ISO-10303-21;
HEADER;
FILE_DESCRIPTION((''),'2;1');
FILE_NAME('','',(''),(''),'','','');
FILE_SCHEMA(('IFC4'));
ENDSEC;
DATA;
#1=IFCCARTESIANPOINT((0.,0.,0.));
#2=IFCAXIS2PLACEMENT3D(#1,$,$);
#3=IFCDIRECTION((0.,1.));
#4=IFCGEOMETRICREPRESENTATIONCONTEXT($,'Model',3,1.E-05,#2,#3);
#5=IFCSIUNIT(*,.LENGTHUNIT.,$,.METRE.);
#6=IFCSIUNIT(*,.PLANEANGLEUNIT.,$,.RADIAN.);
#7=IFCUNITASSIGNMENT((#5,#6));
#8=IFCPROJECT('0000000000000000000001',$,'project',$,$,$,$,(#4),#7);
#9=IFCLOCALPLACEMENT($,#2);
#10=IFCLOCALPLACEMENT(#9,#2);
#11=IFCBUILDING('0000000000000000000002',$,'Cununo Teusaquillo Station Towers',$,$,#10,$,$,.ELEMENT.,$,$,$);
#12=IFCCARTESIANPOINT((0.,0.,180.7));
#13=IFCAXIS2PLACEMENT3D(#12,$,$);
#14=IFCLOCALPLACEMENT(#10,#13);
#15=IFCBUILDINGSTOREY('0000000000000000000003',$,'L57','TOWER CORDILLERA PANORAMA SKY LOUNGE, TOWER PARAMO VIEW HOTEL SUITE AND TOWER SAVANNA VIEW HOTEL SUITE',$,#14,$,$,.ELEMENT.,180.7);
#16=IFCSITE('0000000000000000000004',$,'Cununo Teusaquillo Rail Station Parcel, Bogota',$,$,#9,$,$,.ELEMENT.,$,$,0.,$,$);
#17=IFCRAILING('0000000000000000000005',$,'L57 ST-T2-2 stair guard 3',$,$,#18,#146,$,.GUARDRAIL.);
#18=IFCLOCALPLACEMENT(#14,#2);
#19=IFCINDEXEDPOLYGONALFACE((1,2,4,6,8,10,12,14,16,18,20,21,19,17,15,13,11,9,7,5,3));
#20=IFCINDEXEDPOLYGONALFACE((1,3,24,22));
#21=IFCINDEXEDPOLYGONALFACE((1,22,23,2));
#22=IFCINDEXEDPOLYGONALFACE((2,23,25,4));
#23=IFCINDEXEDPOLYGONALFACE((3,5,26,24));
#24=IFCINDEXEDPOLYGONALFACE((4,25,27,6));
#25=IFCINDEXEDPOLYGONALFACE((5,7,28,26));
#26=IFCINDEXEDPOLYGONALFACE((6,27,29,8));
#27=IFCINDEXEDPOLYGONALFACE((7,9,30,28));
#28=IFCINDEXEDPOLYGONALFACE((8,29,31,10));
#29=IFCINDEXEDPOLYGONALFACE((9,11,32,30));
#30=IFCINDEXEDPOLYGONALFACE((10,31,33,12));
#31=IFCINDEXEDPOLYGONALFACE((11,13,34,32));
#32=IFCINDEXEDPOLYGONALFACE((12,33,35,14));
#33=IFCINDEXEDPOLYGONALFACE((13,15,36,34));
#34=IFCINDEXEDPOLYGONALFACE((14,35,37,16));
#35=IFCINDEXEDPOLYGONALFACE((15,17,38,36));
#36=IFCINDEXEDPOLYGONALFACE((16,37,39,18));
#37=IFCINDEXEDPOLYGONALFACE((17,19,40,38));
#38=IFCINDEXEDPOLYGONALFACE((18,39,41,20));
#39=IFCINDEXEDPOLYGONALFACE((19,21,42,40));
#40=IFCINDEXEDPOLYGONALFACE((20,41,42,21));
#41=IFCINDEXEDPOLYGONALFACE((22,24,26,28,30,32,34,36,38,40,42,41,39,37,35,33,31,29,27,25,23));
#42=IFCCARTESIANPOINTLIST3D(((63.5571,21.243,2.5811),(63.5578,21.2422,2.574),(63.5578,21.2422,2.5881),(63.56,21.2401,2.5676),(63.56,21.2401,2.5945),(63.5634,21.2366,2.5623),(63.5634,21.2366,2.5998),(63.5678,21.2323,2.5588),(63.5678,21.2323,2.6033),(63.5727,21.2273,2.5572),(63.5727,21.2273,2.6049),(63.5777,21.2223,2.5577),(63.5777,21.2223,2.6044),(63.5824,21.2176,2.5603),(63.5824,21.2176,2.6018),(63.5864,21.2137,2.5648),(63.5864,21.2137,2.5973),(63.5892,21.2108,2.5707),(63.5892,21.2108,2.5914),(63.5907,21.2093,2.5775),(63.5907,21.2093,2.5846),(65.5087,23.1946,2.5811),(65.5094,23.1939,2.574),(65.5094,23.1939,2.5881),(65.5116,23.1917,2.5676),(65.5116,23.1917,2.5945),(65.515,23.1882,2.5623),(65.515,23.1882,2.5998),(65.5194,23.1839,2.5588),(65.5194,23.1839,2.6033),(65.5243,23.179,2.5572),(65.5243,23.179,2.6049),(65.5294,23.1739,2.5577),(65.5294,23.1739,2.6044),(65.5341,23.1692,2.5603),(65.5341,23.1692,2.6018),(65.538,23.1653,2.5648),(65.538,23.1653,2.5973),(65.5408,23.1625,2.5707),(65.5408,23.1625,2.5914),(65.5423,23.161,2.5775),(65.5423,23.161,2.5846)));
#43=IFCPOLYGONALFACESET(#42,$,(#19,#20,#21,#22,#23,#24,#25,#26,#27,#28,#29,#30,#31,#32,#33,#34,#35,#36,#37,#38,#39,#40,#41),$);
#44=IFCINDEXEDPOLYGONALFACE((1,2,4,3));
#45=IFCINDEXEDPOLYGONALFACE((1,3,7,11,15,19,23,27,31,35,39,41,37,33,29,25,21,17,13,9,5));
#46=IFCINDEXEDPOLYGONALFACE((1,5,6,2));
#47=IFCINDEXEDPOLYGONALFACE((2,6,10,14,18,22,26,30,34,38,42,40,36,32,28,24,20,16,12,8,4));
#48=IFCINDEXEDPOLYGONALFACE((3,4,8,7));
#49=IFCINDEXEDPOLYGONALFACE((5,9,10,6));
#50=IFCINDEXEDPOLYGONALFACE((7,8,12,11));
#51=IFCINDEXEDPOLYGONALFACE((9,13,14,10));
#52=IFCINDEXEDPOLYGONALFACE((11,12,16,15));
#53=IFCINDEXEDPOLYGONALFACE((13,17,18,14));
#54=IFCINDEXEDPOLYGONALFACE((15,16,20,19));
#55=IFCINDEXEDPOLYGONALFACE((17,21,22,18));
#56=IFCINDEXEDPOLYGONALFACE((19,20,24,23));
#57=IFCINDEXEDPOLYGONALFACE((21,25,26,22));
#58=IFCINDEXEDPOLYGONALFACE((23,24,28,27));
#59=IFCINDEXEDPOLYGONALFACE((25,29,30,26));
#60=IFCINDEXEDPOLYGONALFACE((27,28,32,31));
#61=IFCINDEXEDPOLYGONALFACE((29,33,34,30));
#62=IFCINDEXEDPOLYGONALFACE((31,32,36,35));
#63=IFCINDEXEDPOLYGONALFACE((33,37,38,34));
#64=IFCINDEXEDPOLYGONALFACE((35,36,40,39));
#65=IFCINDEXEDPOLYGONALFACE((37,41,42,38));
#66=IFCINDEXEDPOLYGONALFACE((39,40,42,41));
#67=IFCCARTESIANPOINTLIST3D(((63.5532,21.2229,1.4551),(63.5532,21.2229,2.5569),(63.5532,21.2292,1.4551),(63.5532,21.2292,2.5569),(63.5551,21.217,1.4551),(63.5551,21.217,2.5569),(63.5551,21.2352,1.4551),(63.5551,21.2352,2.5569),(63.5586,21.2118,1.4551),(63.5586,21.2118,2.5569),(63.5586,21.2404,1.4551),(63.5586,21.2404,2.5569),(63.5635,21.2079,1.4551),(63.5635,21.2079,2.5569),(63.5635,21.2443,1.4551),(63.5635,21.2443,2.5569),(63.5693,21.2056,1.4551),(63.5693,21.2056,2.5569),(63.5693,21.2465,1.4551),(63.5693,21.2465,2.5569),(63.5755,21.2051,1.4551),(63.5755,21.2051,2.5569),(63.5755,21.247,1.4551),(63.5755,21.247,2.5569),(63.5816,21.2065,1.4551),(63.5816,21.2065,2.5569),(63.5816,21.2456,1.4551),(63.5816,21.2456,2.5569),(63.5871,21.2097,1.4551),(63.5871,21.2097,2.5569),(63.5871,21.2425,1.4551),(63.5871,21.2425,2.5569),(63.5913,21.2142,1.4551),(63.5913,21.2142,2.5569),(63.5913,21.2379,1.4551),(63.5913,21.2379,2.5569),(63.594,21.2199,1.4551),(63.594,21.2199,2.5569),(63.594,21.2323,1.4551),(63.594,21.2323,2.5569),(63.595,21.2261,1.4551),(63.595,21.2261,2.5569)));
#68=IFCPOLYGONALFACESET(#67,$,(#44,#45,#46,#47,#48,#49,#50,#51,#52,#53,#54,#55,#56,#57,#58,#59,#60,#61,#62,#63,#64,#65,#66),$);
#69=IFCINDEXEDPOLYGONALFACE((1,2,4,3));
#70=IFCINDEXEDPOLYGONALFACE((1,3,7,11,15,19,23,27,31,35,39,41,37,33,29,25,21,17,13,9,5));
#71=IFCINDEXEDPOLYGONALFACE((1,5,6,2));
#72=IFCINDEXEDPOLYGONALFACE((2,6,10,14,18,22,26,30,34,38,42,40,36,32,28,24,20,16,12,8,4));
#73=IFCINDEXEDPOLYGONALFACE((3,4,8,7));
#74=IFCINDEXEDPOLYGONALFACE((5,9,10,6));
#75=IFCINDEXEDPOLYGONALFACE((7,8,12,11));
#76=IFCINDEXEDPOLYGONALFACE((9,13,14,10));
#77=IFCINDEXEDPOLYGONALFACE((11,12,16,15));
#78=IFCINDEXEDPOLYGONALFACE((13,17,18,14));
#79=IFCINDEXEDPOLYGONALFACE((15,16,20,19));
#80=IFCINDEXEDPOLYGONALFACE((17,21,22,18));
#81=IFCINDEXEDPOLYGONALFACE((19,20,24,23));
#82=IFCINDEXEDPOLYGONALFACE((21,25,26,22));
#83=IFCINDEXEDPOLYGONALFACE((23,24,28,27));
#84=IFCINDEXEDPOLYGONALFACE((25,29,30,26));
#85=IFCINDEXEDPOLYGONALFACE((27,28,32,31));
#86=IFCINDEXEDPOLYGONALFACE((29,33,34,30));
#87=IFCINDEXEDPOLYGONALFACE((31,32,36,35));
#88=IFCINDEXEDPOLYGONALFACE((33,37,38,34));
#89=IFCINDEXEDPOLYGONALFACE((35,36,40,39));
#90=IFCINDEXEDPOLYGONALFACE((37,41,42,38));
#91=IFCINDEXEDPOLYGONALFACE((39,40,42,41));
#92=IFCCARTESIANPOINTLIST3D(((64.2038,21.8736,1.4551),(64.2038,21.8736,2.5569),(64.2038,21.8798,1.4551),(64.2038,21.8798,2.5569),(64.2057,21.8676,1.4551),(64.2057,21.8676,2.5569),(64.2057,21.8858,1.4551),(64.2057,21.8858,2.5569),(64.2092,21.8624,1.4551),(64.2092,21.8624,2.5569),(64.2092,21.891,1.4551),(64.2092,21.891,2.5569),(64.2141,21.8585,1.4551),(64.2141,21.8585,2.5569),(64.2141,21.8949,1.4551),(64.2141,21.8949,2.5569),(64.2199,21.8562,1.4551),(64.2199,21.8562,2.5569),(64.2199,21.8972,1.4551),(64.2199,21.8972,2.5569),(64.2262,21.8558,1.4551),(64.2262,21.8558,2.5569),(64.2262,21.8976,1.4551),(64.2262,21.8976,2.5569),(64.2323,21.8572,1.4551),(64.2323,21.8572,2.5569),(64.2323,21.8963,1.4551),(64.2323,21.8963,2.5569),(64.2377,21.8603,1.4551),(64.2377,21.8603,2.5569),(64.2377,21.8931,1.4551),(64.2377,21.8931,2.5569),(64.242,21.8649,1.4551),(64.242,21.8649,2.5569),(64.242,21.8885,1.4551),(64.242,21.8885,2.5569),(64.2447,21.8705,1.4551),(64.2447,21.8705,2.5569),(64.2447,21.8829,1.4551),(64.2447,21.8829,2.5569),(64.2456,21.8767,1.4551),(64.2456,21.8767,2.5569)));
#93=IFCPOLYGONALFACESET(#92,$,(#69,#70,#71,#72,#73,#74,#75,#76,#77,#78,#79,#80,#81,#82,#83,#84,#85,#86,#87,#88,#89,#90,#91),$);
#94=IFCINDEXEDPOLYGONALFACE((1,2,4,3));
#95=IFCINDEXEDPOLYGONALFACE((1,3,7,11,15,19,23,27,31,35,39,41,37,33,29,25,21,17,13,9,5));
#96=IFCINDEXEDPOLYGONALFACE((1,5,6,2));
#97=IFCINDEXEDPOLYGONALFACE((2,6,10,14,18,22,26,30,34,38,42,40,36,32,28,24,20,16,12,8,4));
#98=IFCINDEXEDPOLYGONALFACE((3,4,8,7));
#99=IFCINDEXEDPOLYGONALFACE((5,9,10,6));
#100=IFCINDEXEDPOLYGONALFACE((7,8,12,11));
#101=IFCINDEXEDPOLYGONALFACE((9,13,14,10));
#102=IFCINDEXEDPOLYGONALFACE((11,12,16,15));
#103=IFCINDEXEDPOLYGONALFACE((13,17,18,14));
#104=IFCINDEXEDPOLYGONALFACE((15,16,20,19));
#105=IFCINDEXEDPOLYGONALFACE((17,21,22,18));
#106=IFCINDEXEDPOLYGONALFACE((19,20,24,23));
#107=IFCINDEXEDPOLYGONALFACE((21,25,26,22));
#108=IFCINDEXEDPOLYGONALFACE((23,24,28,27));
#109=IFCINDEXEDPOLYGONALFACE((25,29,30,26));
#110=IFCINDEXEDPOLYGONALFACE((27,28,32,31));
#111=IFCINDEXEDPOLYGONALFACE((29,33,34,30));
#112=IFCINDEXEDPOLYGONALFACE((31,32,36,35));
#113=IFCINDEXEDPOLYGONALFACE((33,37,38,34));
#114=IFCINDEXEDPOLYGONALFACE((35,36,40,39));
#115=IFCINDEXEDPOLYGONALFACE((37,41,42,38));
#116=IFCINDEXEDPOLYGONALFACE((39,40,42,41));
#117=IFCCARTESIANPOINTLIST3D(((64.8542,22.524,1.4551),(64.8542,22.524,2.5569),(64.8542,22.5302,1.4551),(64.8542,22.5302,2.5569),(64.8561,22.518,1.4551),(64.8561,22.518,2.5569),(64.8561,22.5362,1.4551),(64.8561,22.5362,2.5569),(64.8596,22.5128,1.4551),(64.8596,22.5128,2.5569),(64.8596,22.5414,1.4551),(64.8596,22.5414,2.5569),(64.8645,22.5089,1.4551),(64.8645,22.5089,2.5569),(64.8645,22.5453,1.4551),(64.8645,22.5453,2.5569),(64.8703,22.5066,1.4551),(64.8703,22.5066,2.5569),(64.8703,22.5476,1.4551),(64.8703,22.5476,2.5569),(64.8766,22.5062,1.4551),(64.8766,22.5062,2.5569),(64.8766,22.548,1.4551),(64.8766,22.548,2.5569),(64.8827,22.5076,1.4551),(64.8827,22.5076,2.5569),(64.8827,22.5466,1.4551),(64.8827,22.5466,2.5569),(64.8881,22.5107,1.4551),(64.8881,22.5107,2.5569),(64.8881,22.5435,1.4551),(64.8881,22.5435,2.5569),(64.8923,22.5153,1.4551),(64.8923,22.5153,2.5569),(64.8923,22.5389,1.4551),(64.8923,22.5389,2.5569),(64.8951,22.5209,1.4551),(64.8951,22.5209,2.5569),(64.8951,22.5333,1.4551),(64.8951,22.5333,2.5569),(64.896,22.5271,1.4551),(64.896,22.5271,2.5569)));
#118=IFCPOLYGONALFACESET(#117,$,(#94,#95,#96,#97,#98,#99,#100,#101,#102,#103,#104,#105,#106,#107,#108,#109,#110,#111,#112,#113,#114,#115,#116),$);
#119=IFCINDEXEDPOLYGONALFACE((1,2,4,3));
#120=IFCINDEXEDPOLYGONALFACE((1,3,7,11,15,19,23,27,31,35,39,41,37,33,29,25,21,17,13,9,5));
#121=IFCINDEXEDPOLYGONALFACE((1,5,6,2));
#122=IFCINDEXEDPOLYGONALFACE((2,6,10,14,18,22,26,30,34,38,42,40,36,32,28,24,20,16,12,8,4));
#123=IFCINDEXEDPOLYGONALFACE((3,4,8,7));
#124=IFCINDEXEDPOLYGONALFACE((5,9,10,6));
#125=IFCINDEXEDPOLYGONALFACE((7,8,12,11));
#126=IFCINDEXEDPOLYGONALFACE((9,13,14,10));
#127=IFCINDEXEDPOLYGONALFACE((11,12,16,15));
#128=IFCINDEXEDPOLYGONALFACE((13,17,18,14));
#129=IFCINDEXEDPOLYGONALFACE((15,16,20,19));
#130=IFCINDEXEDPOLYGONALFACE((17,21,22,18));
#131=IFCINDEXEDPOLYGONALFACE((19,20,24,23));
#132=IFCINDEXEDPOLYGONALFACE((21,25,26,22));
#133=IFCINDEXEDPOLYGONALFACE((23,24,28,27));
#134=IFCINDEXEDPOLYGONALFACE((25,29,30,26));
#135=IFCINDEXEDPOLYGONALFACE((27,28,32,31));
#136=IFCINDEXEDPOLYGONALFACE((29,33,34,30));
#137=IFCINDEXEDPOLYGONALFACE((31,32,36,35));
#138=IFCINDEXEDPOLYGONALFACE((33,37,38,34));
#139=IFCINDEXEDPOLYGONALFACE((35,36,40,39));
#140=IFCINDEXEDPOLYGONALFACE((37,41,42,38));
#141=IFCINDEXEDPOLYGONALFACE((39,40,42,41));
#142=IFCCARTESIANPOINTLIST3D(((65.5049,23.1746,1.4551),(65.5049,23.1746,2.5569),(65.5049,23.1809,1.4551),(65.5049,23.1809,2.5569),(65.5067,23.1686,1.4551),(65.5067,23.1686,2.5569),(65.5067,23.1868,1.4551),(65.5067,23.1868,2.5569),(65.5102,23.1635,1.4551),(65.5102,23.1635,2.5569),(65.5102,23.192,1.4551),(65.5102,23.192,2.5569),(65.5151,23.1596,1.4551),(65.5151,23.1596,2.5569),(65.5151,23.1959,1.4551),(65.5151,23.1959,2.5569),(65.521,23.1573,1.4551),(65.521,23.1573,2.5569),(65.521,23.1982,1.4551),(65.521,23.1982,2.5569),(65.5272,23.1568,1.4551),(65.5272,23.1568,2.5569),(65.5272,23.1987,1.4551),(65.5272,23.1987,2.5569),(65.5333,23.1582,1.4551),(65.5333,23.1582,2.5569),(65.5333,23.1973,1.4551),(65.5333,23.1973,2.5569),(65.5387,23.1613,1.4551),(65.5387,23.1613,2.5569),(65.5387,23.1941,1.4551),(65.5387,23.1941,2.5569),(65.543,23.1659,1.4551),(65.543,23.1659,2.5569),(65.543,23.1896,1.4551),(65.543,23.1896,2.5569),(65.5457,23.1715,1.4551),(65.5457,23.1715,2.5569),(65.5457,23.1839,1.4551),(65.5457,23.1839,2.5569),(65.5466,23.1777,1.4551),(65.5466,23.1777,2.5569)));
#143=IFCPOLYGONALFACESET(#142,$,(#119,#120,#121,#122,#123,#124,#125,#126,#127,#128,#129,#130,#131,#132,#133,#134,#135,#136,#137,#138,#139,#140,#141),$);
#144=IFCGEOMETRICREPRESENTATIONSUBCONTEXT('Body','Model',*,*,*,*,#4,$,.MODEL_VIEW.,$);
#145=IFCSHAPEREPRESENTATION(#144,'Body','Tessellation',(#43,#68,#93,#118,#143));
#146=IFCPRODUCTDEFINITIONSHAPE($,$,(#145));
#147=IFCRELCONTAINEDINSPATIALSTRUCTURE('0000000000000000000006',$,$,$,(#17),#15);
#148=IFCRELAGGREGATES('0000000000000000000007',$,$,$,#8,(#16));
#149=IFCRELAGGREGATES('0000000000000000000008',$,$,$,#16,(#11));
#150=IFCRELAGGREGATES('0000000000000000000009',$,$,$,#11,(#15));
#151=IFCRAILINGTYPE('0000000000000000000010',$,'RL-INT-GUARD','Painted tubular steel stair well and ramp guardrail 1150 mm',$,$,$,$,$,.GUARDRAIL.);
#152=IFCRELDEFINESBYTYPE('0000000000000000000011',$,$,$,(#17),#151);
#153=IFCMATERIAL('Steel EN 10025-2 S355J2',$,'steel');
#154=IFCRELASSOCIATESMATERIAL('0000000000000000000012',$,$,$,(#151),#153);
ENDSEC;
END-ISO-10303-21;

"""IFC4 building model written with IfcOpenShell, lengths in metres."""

from ifc_helpers import new_model, si_unit, direction, frame, origin, origin_2d, place, context, subcontext, project, spatial, circle, extrude, material, type_object, element, save


model = new_model("IFC4")

# Units and contexts
model_context = context("Model", 3, precision=1e-05, world=origin(), true_north=direction((0.0, 1.0)))
body_context = subcontext(model_context, "Body", "Model", "MODEL_VIEW")
ifc_project = project(units=[si_unit("LENGTHUNIT", "METRE"), si_unit("PLANEANGLEUNIT", "RADIAN")], contexts=[model_context])

# Site, building, storey
site_placement = place(None, origin())
site = spatial("IfcSite", under=ifc_project, at=site_placement, Name="Cununo Teusaquillo Rail Station Parcel, Bogota", CompositionType="ELEMENT", RefElevation=0.0)
building_placement = place(site_placement, origin())
building = spatial("IfcBuilding", under=site, at=building_placement, Name="Cununo Teusaquillo Station Towers", CompositionType="ELEMENT")
storey_placement = place(building_placement, frame((0.0, 0.0, 180.7)))
storey = spatial("IfcBuildingStorey", under=building, at=storey_placement, Name="L57", Description="TOWER CORDILLERA PANORAMA SKY LOUNGE, TOWER PARAMO VIEW HOTEL SUITE AND TOWER SAVANNA VIEW HOTEL SUITE", CompositionType="ELEMENT", Elevation=180.7)

# Railing
ifc_material_1 = material(Name="Steel EN 10025-2 S355J2", Category="steel")
railing_type = type_object("IfcRailingType", Name="RL-INT-GUARD", Description="Painted tubular steel stair well and ramp guardrail 1150 mm", PredefinedType="GUARDRAIL", material=ifc_material_1)
railing_1_placement = place(storey_placement, frame((63.574, 21.2261, 1.4551)))
element("IfcRailing", 1, at=railing_1_placement, inside=storey, type_object=railing_type, Name="L57 ST-T2-2 stair guard 3", PredefinedType="GUARDRAIL", context=body_context, shape_type="SweptSolid", body=[
    extrude(circle(Radius=0.0239, at=origin_2d()), frame((0.0, 0.0, 1.126), z_axis=(0.707107, 0.707107, 0.0), x_axis=(-0.707107, 0.707107, 0.0)), (0.0, 0.0, 1.0), 2.76),
    extrude(circle(Radius=0.021, at=origin_2d()), origin(), (0.0, 0.0, 1.0), 1.1018),
    extrude(circle(Radius=0.021, at=origin_2d()), frame((0.6506, 0.6506, 0.0)), (0.0, 0.0, 1.0), 1.1018),
    extrude(circle(Radius=0.021, at=origin_2d()), frame((1.301, 1.301, 0.0)), (0.0, 0.0, 1.0), 1.1018),
    extrude(circle(Radius=0.021, at=origin_2d()), frame((1.9517, 1.9517, 0.0)), (0.0, 0.0, 1.0), 1.1018),
])

save(model, "model.ifc")
